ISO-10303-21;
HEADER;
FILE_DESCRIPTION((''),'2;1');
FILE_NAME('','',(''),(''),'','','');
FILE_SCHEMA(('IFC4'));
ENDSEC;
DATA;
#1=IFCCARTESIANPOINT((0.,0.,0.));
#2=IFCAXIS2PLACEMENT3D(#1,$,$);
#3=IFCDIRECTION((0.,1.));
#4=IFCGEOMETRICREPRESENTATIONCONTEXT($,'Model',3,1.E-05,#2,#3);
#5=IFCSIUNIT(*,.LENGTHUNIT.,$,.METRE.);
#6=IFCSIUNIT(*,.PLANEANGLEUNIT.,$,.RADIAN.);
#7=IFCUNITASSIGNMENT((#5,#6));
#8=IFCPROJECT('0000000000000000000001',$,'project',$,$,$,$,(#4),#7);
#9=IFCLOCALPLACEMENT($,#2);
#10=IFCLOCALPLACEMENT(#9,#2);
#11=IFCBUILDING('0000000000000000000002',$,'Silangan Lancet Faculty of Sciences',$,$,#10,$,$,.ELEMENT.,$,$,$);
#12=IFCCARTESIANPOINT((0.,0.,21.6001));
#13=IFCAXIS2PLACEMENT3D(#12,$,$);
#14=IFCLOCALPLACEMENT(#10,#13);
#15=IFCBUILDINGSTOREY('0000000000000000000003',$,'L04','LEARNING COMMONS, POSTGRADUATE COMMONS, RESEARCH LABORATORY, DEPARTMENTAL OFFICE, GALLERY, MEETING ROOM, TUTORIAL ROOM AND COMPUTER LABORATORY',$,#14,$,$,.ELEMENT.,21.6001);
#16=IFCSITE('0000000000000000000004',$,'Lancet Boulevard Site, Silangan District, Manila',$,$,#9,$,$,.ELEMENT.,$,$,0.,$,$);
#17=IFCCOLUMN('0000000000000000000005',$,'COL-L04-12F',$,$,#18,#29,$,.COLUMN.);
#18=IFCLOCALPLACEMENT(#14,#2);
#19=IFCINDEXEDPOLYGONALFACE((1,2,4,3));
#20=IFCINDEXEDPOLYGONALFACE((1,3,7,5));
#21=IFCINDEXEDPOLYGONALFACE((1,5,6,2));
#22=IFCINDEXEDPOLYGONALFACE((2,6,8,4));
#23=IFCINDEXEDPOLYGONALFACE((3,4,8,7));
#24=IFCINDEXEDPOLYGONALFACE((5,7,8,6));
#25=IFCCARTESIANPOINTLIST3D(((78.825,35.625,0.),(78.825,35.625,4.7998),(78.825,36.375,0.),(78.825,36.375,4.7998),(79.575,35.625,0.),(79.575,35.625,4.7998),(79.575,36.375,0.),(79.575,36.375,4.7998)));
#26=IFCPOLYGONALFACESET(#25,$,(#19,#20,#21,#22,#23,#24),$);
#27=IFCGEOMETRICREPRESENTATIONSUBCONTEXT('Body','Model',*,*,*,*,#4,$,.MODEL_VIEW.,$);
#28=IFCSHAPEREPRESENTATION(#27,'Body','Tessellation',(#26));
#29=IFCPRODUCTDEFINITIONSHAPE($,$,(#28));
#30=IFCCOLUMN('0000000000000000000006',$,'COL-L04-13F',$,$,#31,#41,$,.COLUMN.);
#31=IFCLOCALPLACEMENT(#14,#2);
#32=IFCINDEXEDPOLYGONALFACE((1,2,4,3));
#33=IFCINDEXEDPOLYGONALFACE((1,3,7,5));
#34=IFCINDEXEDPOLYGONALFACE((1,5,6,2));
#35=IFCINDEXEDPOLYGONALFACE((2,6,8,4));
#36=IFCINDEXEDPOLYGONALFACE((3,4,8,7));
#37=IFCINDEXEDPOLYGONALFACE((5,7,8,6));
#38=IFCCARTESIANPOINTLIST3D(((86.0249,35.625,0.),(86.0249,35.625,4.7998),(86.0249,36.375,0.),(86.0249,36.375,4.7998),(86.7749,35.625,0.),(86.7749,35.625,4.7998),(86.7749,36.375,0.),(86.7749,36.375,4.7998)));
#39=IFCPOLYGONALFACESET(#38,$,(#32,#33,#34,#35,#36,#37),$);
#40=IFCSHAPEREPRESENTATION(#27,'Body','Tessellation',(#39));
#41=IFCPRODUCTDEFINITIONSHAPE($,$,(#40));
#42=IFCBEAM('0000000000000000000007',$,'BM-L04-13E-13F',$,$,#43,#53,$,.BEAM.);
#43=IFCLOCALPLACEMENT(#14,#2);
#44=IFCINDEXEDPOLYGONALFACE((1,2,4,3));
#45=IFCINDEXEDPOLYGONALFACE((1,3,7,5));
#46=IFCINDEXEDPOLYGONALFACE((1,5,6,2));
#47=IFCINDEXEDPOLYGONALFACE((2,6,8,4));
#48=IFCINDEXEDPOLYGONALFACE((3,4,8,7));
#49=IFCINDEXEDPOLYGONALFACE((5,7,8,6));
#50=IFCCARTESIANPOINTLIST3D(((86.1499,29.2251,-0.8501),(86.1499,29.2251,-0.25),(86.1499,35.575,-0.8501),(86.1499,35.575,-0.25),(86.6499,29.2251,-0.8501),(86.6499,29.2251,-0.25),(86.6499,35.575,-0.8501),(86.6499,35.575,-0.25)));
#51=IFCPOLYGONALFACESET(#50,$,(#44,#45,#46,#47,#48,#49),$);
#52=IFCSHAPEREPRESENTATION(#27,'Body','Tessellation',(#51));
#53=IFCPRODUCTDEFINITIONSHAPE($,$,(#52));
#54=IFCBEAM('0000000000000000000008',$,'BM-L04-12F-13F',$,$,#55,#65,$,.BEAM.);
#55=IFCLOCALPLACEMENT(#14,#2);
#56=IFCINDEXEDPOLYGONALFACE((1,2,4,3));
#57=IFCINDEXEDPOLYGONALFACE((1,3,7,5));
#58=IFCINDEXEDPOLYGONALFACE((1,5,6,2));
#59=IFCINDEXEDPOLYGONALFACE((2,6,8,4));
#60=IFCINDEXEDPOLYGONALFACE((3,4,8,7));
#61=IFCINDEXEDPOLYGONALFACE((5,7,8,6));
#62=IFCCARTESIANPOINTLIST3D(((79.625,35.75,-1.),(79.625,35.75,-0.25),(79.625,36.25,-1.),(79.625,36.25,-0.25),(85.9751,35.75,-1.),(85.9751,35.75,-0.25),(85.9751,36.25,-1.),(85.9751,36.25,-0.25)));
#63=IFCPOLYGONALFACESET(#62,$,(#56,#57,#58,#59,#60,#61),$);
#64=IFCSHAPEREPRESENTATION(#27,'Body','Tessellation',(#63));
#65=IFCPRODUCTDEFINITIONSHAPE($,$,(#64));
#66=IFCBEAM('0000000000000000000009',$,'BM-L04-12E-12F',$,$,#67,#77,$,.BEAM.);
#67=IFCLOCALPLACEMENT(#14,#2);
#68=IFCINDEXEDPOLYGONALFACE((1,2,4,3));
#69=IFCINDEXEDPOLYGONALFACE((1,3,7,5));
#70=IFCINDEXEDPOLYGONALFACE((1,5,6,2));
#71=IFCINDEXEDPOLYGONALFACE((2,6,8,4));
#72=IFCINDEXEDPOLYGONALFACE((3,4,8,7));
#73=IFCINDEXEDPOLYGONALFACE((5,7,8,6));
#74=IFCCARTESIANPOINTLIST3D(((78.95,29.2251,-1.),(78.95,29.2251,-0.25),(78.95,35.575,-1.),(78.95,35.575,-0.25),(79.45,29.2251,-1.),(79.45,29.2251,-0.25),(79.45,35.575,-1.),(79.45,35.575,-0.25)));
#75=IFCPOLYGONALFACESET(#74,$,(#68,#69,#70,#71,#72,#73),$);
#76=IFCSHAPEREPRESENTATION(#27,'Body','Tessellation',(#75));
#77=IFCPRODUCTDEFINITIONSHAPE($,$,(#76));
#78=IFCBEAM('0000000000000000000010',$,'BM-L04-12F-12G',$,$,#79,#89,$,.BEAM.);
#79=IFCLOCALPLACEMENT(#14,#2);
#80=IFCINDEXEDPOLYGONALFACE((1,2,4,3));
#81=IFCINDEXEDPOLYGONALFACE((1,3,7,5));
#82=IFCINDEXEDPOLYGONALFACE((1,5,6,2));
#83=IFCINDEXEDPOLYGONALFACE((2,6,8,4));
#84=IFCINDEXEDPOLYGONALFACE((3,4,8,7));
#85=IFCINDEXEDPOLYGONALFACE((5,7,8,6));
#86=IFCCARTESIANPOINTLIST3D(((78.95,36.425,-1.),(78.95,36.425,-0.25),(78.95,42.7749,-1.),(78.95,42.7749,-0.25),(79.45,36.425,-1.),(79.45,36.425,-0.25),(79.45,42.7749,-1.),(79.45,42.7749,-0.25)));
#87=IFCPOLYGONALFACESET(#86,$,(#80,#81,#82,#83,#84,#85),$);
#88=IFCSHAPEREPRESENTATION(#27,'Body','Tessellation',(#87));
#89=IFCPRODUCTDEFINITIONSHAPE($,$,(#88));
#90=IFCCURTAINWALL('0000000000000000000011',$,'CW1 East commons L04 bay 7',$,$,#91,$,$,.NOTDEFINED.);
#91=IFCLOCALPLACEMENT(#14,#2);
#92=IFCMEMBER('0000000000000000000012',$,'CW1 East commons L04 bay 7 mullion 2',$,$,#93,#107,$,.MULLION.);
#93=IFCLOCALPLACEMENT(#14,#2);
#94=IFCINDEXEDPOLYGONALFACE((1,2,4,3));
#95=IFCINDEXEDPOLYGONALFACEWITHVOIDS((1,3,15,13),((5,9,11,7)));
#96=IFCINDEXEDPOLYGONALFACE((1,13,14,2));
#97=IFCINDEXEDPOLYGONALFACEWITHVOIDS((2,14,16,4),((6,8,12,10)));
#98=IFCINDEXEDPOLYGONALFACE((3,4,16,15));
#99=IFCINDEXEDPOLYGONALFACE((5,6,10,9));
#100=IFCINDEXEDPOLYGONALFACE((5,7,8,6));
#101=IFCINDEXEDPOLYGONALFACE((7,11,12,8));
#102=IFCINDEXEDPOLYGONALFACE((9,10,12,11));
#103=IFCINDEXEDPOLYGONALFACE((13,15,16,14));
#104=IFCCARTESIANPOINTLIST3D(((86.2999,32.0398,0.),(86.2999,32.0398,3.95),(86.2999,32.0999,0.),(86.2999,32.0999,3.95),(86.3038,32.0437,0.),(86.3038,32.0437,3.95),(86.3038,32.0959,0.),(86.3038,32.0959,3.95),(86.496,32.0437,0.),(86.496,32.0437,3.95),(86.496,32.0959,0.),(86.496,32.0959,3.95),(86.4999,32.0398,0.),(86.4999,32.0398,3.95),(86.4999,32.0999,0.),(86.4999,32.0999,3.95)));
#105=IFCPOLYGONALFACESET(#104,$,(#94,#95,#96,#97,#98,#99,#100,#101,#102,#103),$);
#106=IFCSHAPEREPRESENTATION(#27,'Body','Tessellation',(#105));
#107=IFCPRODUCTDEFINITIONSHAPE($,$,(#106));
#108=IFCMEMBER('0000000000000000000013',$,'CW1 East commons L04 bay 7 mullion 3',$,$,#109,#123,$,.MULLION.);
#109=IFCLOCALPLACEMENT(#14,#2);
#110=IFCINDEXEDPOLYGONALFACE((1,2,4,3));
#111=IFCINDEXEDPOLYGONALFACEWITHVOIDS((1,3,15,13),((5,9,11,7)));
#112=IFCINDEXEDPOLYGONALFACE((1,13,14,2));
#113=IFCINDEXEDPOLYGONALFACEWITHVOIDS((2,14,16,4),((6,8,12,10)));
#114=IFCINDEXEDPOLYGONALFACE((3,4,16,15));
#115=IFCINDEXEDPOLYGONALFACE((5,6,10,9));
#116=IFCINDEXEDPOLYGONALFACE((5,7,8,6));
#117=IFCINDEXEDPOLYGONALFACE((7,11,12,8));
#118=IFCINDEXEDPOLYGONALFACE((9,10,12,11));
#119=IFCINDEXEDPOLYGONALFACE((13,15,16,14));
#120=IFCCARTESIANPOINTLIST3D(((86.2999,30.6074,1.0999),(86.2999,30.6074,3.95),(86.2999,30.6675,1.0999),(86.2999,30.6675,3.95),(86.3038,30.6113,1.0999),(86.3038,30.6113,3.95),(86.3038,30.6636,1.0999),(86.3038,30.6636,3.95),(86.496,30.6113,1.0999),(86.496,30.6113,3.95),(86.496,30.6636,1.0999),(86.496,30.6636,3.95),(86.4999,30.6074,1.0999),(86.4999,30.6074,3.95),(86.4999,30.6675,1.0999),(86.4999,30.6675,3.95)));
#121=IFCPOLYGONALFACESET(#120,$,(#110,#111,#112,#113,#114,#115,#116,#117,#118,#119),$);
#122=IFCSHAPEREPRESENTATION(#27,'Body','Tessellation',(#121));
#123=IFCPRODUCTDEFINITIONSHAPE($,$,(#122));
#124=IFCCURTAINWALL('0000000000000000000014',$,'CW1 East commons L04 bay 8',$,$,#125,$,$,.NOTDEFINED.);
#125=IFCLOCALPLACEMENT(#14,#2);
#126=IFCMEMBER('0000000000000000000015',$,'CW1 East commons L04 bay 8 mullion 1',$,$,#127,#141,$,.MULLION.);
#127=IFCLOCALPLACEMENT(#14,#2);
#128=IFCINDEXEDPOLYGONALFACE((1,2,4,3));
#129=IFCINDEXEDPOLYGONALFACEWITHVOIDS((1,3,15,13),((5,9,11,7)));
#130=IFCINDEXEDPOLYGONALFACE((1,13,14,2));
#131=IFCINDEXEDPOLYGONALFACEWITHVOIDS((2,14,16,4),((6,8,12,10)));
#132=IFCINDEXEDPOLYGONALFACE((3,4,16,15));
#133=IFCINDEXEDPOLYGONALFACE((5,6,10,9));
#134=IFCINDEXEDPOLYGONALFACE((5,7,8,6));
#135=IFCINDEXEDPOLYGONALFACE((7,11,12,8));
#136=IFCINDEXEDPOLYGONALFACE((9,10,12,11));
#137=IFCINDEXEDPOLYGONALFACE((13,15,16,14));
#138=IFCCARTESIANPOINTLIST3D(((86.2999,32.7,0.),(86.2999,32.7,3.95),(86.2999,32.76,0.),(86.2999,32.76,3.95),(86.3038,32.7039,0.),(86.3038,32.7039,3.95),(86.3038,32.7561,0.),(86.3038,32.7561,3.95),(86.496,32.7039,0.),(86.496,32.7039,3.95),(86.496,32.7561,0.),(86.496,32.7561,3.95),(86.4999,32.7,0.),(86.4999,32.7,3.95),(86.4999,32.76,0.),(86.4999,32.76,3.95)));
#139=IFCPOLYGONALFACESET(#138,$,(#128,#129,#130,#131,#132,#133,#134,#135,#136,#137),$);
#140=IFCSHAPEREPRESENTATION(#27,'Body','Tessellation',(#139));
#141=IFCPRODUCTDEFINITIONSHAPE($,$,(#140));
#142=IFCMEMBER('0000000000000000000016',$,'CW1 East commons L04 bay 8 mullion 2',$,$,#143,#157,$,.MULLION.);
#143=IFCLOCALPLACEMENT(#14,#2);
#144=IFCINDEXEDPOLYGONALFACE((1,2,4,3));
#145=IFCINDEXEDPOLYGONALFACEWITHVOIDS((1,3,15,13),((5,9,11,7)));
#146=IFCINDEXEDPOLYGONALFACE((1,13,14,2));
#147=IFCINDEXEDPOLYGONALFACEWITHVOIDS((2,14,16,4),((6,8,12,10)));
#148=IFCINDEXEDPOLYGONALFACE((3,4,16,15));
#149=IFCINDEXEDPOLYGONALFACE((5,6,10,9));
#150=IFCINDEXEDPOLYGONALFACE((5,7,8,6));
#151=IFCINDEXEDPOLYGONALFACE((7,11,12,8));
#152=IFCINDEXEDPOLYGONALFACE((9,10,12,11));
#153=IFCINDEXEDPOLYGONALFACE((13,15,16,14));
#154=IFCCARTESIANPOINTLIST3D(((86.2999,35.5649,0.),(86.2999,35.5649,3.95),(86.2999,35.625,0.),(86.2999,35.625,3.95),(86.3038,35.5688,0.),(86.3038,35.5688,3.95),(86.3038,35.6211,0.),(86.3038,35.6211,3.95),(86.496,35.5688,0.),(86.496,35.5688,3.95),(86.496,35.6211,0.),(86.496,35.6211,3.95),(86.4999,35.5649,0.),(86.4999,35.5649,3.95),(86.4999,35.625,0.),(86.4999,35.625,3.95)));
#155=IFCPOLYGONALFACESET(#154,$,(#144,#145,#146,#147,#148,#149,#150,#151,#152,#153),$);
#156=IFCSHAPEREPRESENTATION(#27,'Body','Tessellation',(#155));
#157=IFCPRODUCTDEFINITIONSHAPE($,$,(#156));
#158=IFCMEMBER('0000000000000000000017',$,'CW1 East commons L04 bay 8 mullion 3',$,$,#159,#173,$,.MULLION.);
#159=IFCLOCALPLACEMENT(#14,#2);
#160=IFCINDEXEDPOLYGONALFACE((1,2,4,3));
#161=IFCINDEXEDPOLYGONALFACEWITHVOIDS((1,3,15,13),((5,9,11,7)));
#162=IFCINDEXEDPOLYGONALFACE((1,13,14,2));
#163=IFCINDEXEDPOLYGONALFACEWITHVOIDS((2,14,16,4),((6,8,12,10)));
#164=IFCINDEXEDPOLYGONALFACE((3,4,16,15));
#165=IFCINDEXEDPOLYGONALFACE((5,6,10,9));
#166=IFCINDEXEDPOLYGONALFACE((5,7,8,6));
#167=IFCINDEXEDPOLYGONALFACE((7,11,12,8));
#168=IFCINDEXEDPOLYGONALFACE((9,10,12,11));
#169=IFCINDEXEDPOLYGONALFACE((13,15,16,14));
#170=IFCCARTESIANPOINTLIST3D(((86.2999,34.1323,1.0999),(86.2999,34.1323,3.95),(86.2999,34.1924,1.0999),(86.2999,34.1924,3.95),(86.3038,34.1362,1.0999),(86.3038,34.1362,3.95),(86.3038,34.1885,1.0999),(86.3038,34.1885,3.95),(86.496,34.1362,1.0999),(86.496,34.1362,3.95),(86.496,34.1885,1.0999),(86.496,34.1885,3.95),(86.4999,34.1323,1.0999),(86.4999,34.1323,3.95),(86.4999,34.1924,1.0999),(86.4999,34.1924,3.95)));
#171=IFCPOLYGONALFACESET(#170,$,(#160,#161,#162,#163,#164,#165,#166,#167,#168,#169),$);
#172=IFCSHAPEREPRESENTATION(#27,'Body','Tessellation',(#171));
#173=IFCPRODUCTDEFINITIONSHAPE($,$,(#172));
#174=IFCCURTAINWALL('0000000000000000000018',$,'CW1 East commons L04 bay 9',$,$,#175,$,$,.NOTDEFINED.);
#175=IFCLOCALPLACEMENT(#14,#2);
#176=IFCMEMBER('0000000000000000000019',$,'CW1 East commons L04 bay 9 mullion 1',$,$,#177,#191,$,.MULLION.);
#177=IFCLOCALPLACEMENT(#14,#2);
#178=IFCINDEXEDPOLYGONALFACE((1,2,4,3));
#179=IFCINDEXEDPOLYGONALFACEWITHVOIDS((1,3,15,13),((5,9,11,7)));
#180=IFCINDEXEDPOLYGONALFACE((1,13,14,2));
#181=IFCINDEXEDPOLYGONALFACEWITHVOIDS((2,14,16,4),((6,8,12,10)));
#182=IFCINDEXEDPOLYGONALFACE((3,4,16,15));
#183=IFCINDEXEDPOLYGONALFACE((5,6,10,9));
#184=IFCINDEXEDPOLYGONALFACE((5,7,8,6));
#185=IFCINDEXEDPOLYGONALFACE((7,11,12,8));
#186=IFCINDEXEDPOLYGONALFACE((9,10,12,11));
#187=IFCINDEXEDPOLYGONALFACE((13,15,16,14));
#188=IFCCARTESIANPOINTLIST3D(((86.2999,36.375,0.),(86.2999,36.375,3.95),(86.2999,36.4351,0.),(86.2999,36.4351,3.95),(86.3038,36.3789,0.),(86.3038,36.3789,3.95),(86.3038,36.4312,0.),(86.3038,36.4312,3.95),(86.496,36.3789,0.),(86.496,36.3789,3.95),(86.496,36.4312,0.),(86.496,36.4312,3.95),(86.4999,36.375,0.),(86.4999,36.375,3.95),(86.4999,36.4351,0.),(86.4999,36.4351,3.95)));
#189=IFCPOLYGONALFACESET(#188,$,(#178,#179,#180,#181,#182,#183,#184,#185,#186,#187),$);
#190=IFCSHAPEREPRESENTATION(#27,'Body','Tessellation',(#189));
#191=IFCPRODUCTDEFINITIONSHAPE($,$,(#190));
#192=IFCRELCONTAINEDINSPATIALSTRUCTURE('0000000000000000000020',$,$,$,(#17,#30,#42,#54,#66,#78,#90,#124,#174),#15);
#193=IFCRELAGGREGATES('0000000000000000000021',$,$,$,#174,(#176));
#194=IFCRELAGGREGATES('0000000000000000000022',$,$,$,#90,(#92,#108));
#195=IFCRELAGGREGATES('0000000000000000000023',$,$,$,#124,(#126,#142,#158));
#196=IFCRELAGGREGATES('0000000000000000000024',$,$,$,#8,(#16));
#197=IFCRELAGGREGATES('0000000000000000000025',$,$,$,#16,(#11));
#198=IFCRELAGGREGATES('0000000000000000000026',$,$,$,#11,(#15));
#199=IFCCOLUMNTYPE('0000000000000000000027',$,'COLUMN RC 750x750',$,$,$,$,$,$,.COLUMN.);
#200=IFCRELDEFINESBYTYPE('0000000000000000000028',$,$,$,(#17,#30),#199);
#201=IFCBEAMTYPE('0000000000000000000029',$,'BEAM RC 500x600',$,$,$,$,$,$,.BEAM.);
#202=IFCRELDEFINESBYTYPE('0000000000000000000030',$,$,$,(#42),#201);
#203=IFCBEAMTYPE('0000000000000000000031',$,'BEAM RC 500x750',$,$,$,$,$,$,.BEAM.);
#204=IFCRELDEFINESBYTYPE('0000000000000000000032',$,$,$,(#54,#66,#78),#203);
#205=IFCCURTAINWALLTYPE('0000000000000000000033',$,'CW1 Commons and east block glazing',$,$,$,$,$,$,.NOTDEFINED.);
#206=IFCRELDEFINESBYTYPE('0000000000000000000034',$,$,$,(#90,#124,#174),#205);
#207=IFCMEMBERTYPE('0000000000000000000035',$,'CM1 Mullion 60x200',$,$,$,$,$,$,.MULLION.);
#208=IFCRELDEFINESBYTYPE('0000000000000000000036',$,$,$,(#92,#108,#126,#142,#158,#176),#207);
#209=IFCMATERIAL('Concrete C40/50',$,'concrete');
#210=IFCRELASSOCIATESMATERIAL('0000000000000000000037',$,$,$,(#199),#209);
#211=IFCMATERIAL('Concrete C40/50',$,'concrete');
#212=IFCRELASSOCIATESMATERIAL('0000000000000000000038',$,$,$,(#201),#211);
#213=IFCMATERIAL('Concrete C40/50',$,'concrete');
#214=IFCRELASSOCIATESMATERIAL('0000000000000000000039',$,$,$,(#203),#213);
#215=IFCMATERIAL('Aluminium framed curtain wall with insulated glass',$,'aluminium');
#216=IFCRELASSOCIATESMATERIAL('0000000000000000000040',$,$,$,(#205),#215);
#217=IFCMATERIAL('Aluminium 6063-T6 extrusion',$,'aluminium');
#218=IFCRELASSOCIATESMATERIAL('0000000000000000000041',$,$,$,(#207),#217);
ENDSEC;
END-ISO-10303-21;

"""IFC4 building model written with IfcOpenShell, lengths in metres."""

from ifc_helpers import new_model, si_unit, direction, frame, origin, origin_2d, place, context, subcontext, project, spatial, rectangle, hollow_rectangle, extrude, material, material_profile, profile_set, type_object, element, aggregate, save


model = new_model("IFC4")

# Units and contexts
model_context = context("Model", 3, precision=1e-05, world=origin(), true_north=direction((0.0, 1.0)))
body_context = subcontext(model_context, "Body", "Model", "MODEL_VIEW")
ifc_project = project(units=[si_unit("LENGTHUNIT", "METRE"), si_unit("PLANEANGLEUNIT", "RADIAN")], contexts=[model_context])

# Site, building, storey
site_placement = place(None, origin())
site = spatial("IfcSite", under=ifc_project, at=site_placement, Name="Lancet Boulevard Site, Silangan District, Manila", CompositionType="ELEMENT", RefElevation=0.0)
building_placement = place(site_placement, origin())
building = spatial("IfcBuilding", under=site, at=building_placement, Name="Silangan Lancet Faculty of Sciences", CompositionType="ELEMENT")
storey_placement = place(building_placement, frame((0.0, 0.0, 21.6001)))
storey = spatial("IfcBuildingStorey", under=building, at=storey_placement, Name="L04", Description="LEARNING COMMONS, POSTGRADUATE COMMONS, RESEARCH LABORATORY, DEPARTMENTAL OFFICE, GALLERY, MEETING ROOM, TUTORIAL ROOM AND COMPUTER LABORATORY", CompositionType="ELEMENT", Elevation=21.6001)

# Columns
ifc_material_1 = material(Name="Concrete C40/50", Category="concrete")
ifc_material_profile_1 = material_profile(ifc_material_1, rectangle(XDim=0.75, YDim=0.75, at=origin_2d()), Name="RC 750x750")
ifc_profile_set_1 = profile_set([ifc_material_profile_1], Name="Concrete C40/50")
column_type = type_object("IfcColumnType", Name="COLUMN RC 750x750", PredefinedType="COLUMN", material=ifc_profile_set_1)
for number, where, z_axis, x_axis, name in (
    (1, (79.2, 36.0, 0.0), (0.0, 0.0, 1.0), (1.0, 0.0, 0.0), "COL-L04-12F"),
    (2, (86.3999, 36.0, 0.0), (0.0, 0.0, 1.0), (1.0, 0.0, 0.0), "COL-L04-13F"),
):
    element("IfcColumn", number, at=place(storey_placement, frame(where, z_axis=z_axis, x_axis=x_axis)), inside=storey, type_object=column_type, Name=name, PredefinedType="COLUMN", context=body_context, shape_type="SweptSolid", body=[
        extrude(rectangle(XDim=0.75, YDim=0.75, at=origin_2d()), origin(), (0.0, 0.0, 1.0), 4.7998),
    ])

# Beams
ifc_material_2 = material(Name="Concrete C40/50", Category="concrete")
ifc_material_profile_2 = material_profile(ifc_material_2, rectangle(XDim=0.5, YDim=0.6001, at=origin_2d()), Name="RC 500x600")
ifc_profile_set_2 = profile_set([ifc_material_profile_2], Name="Concrete C40/50")
beam_type_1 = type_object("IfcBeamType", Name="BEAM RC 500x600", PredefinedType="BEAM", material=ifc_profile_set_2)
beam_1_placement = place(storey_placement, frame((86.3999, 29.2251, -0.55), z_axis=(0.0, 1.0, 0.0), x_axis=(-1.0, 0.0, 0.0)))
element("IfcBeam", 3, at=beam_1_placement, inside=storey, type_object=beam_type_1, Name="BM-L04-13E-13F", PredefinedType="BEAM", context=body_context, shape_type="SweptSolid", body=[
    extrude(rectangle(XDim=0.5, YDim=0.6001, at=origin_2d()), origin(), (0.0, 0.0, 1.0), 6.3499),
])
ifc_material_3 = material(Name="Concrete C40/50", Category="concrete")
ifc_material_profile_3 = material_profile(ifc_material_3, rectangle(XDim=0.5, YDim=0.75, at=origin_2d()), Name="RC 500x750")
ifc_profile_set_3 = profile_set([ifc_material_profile_3], Name="Concrete C40/50")
beam_type_2 = type_object("IfcBeamType", Name="BEAM RC 500x750", PredefinedType="BEAM", material=ifc_profile_set_3)
beam_2_placement = place(storey_placement, frame((79.625, 36.0, -0.625), z_axis=(1.0, 0.0, 0.0), x_axis=(0.0, 1.0, 0.0)))
element("IfcBeam", 4, at=beam_2_placement, inside=storey, type_object=beam_type_2, Name="BM-L04-12F-13F", PredefinedType="BEAM", context=body_context, shape_type="SweptSolid", body=[
    extrude(rectangle(XDim=0.5, YDim=0.75, at=origin_2d()), origin(), (0.0, 0.0, 1.0), 6.3501),
])
for number, where, z_axis, x_axis, name in (
    (5, (79.2, 29.2251, -0.625), (0.0, 1.0, 0.0), (-1.0, 0.0, 0.0), "BM-L04-12E-12F"),
    (6, (79.2, 36.425, -0.625), (0.0, 1.0, 0.0), (-1.0, 0.0, 0.0), "BM-L04-12F-12G"),
):
    element("IfcBeam", number, at=place(storey_placement, frame(where, z_axis=z_axis, x_axis=x_axis)), inside=storey, type_object=beam_type_2, Name=name, PredefinedType="BEAM", context=body_context, shape_type="SweptSolid", body=[
        extrude(rectangle(XDim=0.5, YDim=0.75, at=origin_2d()), origin(), (0.0, 0.0, 1.0), 6.3499),
    ])

# Curtain walls, members
ifc_material_4 = material(Name="Aluminium framed curtain wall with insulated glass", Category="aluminium")
curtain_wall_type = type_object("IfcCurtainWallType", Name="CW1 Commons and east block glazing", PredefinedType="NOTDEFINED", material=ifc_material_4)
curtain_wall_1_placement = place(storey_placement, origin())
curtain_wall_1 = element("IfcCurtainWall", 7, at=curtain_wall_1_placement, inside=storey, type_object=curtain_wall_type, Name="CW1 East commons L04 bay 7", PredefinedType="NOTDEFINED")
ifc_material_5 = material(Name="Aluminium 6063-T6 extrusion", Category="aluminium")
ifc_material_profile_4 = material_profile(ifc_material_5, hollow_rectangle(XDim=0.0601, YDim=0.2, WallThickness=0.0039, at=origin_2d()), Name="AL BOX 60x200x4")
ifc_profile_set_4 = profile_set([ifc_material_profile_4], Name="Aluminium 6063-T6 extrusion")
member_type_1 = type_object("IfcMemberType", Name="CM1 Mullion 60x200", PredefinedType="MULLION", material=ifc_profile_set_4)
member_1_placement = place(storey_placement, frame((86.3999, 32.0698, 0.0), z_axis=(0.0, 0.0, 1.0), x_axis=(0.0, 1.0, 0.0)))
member_1 = element("IfcMember", 8, at=member_1_placement, type_object=member_type_1, Name="CW1 East commons L04 bay 7 mullion 2", PredefinedType="MULLION", context=body_context, shape_type="SweptSolid", body=[
    extrude(hollow_rectangle(XDim=0.0601, YDim=0.2, WallThickness=0.0039, at=origin_2d()), origin(), (0.0, 0.0, 1.0), 3.95),
])
member_2_placement = place(storey_placement, frame((86.3999, 30.6375, 1.0999), z_axis=(0.0, 0.0, 1.0), x_axis=(0.0, 1.0, 0.0)))
member_2 = element("IfcMember", 9, at=member_2_placement, type_object=member_type_1, Name="CW1 East commons L04 bay 7 mullion 3", PredefinedType="MULLION", context=body_context, shape_type="SweptSolid", body=[
    extrude(hollow_rectangle(XDim=0.0601, YDim=0.2, WallThickness=0.0039, at=origin_2d()), origin(), (0.0, 0.0, 1.0), 2.8501),
])
curtain_wall_2_placement = place(storey_placement, origin())
curtain_wall_2 = element("IfcCurtainWall", 10, at=curtain_wall_2_placement, inside=storey, type_object=curtain_wall_type, Name="CW1 East commons L04 bay 8", PredefinedType="NOTDEFINED")
member_3_placement = place(storey_placement, frame((86.3999, 32.73, 0.0), z_axis=(0.0, 0.0, 1.0), x_axis=(0.0, 1.0, 0.0)))
member_3 = element("IfcMember", 11, at=member_3_placement, type_object=member_type_1, Name="CW1 East commons L04 bay 8 mullion 1", PredefinedType="MULLION", context=body_context, shape_type="SweptSolid", body=[
    extrude(hollow_rectangle(XDim=0.0601, YDim=0.2, WallThickness=0.0039, at=origin_2d()), origin(), (0.0, 0.0, 1.0), 3.95),
])
member_4_placement = place(storey_placement, frame((86.3999, 35.595, 0.0), z_axis=(0.0, 0.0, 1.0), x_axis=(0.0, 1.0, 0.0)))
member_4 = element("IfcMember", 12, at=member_4_placement, type_object=member_type_1, Name="CW1 East commons L04 bay 8 mullion 2", PredefinedType="MULLION", context=body_context, shape_type="SweptSolid", body=[
    extrude(hollow_rectangle(XDim=0.0601, YDim=0.2, WallThickness=0.0039, at=origin_2d()), origin(), (0.0, 0.0, 1.0), 3.95),
])
member_5_placement = place(storey_placement, frame((86.3999, 34.1624, 1.0999), z_axis=(0.0, 0.0, 1.0), x_axis=(0.0, 1.0, 0.0)))
member_5 = element("IfcMember", 13, at=member_5_placement, type_object=member_type_1, Name="CW1 East commons L04 bay 8 mullion 3", PredefinedType="MULLION", context=body_context, shape_type="SweptSolid", body=[
    extrude(hollow_rectangle(XDim=0.0601, YDim=0.2, WallThickness=0.0039, at=origin_2d()), origin(), (0.0, 0.0, 1.0), 2.8501),
])

# Curtain wall, member
curtain_wall_3_placement = place(storey_placement, origin())
curtain_wall_3 = element("IfcCurtainWall", 14, at=curtain_wall_3_placement, inside=storey, type_object=curtain_wall_type, Name="CW1 East commons L04 bay 9", PredefinedType="NOTDEFINED")
member_6_placement = place(storey_placement, frame((86.3999, 36.405, 0.0), z_axis=(0.0, 0.0, 1.0), x_axis=(0.0, 1.0, 0.0)))
member_6 = element("IfcMember", 15, at=member_6_placement, type_object=member_type_1, Name="CW1 East commons L04 bay 9 mullion 1", PredefinedType="MULLION", context=body_context, shape_type="SweptSolid", body=[
    extrude(hollow_rectangle(XDim=0.0601, YDim=0.2, WallThickness=0.0039, at=origin_2d()), origin(), (0.0, 0.0, 1.0), 3.95),
])
aggregate(curtain_wall_3, [member_6])

aggregate(curtain_wall_1, [member_1, member_2])
aggregate(curtain_wall_2, [member_3, member_4, member_5])

save(model, "model.ifc")
